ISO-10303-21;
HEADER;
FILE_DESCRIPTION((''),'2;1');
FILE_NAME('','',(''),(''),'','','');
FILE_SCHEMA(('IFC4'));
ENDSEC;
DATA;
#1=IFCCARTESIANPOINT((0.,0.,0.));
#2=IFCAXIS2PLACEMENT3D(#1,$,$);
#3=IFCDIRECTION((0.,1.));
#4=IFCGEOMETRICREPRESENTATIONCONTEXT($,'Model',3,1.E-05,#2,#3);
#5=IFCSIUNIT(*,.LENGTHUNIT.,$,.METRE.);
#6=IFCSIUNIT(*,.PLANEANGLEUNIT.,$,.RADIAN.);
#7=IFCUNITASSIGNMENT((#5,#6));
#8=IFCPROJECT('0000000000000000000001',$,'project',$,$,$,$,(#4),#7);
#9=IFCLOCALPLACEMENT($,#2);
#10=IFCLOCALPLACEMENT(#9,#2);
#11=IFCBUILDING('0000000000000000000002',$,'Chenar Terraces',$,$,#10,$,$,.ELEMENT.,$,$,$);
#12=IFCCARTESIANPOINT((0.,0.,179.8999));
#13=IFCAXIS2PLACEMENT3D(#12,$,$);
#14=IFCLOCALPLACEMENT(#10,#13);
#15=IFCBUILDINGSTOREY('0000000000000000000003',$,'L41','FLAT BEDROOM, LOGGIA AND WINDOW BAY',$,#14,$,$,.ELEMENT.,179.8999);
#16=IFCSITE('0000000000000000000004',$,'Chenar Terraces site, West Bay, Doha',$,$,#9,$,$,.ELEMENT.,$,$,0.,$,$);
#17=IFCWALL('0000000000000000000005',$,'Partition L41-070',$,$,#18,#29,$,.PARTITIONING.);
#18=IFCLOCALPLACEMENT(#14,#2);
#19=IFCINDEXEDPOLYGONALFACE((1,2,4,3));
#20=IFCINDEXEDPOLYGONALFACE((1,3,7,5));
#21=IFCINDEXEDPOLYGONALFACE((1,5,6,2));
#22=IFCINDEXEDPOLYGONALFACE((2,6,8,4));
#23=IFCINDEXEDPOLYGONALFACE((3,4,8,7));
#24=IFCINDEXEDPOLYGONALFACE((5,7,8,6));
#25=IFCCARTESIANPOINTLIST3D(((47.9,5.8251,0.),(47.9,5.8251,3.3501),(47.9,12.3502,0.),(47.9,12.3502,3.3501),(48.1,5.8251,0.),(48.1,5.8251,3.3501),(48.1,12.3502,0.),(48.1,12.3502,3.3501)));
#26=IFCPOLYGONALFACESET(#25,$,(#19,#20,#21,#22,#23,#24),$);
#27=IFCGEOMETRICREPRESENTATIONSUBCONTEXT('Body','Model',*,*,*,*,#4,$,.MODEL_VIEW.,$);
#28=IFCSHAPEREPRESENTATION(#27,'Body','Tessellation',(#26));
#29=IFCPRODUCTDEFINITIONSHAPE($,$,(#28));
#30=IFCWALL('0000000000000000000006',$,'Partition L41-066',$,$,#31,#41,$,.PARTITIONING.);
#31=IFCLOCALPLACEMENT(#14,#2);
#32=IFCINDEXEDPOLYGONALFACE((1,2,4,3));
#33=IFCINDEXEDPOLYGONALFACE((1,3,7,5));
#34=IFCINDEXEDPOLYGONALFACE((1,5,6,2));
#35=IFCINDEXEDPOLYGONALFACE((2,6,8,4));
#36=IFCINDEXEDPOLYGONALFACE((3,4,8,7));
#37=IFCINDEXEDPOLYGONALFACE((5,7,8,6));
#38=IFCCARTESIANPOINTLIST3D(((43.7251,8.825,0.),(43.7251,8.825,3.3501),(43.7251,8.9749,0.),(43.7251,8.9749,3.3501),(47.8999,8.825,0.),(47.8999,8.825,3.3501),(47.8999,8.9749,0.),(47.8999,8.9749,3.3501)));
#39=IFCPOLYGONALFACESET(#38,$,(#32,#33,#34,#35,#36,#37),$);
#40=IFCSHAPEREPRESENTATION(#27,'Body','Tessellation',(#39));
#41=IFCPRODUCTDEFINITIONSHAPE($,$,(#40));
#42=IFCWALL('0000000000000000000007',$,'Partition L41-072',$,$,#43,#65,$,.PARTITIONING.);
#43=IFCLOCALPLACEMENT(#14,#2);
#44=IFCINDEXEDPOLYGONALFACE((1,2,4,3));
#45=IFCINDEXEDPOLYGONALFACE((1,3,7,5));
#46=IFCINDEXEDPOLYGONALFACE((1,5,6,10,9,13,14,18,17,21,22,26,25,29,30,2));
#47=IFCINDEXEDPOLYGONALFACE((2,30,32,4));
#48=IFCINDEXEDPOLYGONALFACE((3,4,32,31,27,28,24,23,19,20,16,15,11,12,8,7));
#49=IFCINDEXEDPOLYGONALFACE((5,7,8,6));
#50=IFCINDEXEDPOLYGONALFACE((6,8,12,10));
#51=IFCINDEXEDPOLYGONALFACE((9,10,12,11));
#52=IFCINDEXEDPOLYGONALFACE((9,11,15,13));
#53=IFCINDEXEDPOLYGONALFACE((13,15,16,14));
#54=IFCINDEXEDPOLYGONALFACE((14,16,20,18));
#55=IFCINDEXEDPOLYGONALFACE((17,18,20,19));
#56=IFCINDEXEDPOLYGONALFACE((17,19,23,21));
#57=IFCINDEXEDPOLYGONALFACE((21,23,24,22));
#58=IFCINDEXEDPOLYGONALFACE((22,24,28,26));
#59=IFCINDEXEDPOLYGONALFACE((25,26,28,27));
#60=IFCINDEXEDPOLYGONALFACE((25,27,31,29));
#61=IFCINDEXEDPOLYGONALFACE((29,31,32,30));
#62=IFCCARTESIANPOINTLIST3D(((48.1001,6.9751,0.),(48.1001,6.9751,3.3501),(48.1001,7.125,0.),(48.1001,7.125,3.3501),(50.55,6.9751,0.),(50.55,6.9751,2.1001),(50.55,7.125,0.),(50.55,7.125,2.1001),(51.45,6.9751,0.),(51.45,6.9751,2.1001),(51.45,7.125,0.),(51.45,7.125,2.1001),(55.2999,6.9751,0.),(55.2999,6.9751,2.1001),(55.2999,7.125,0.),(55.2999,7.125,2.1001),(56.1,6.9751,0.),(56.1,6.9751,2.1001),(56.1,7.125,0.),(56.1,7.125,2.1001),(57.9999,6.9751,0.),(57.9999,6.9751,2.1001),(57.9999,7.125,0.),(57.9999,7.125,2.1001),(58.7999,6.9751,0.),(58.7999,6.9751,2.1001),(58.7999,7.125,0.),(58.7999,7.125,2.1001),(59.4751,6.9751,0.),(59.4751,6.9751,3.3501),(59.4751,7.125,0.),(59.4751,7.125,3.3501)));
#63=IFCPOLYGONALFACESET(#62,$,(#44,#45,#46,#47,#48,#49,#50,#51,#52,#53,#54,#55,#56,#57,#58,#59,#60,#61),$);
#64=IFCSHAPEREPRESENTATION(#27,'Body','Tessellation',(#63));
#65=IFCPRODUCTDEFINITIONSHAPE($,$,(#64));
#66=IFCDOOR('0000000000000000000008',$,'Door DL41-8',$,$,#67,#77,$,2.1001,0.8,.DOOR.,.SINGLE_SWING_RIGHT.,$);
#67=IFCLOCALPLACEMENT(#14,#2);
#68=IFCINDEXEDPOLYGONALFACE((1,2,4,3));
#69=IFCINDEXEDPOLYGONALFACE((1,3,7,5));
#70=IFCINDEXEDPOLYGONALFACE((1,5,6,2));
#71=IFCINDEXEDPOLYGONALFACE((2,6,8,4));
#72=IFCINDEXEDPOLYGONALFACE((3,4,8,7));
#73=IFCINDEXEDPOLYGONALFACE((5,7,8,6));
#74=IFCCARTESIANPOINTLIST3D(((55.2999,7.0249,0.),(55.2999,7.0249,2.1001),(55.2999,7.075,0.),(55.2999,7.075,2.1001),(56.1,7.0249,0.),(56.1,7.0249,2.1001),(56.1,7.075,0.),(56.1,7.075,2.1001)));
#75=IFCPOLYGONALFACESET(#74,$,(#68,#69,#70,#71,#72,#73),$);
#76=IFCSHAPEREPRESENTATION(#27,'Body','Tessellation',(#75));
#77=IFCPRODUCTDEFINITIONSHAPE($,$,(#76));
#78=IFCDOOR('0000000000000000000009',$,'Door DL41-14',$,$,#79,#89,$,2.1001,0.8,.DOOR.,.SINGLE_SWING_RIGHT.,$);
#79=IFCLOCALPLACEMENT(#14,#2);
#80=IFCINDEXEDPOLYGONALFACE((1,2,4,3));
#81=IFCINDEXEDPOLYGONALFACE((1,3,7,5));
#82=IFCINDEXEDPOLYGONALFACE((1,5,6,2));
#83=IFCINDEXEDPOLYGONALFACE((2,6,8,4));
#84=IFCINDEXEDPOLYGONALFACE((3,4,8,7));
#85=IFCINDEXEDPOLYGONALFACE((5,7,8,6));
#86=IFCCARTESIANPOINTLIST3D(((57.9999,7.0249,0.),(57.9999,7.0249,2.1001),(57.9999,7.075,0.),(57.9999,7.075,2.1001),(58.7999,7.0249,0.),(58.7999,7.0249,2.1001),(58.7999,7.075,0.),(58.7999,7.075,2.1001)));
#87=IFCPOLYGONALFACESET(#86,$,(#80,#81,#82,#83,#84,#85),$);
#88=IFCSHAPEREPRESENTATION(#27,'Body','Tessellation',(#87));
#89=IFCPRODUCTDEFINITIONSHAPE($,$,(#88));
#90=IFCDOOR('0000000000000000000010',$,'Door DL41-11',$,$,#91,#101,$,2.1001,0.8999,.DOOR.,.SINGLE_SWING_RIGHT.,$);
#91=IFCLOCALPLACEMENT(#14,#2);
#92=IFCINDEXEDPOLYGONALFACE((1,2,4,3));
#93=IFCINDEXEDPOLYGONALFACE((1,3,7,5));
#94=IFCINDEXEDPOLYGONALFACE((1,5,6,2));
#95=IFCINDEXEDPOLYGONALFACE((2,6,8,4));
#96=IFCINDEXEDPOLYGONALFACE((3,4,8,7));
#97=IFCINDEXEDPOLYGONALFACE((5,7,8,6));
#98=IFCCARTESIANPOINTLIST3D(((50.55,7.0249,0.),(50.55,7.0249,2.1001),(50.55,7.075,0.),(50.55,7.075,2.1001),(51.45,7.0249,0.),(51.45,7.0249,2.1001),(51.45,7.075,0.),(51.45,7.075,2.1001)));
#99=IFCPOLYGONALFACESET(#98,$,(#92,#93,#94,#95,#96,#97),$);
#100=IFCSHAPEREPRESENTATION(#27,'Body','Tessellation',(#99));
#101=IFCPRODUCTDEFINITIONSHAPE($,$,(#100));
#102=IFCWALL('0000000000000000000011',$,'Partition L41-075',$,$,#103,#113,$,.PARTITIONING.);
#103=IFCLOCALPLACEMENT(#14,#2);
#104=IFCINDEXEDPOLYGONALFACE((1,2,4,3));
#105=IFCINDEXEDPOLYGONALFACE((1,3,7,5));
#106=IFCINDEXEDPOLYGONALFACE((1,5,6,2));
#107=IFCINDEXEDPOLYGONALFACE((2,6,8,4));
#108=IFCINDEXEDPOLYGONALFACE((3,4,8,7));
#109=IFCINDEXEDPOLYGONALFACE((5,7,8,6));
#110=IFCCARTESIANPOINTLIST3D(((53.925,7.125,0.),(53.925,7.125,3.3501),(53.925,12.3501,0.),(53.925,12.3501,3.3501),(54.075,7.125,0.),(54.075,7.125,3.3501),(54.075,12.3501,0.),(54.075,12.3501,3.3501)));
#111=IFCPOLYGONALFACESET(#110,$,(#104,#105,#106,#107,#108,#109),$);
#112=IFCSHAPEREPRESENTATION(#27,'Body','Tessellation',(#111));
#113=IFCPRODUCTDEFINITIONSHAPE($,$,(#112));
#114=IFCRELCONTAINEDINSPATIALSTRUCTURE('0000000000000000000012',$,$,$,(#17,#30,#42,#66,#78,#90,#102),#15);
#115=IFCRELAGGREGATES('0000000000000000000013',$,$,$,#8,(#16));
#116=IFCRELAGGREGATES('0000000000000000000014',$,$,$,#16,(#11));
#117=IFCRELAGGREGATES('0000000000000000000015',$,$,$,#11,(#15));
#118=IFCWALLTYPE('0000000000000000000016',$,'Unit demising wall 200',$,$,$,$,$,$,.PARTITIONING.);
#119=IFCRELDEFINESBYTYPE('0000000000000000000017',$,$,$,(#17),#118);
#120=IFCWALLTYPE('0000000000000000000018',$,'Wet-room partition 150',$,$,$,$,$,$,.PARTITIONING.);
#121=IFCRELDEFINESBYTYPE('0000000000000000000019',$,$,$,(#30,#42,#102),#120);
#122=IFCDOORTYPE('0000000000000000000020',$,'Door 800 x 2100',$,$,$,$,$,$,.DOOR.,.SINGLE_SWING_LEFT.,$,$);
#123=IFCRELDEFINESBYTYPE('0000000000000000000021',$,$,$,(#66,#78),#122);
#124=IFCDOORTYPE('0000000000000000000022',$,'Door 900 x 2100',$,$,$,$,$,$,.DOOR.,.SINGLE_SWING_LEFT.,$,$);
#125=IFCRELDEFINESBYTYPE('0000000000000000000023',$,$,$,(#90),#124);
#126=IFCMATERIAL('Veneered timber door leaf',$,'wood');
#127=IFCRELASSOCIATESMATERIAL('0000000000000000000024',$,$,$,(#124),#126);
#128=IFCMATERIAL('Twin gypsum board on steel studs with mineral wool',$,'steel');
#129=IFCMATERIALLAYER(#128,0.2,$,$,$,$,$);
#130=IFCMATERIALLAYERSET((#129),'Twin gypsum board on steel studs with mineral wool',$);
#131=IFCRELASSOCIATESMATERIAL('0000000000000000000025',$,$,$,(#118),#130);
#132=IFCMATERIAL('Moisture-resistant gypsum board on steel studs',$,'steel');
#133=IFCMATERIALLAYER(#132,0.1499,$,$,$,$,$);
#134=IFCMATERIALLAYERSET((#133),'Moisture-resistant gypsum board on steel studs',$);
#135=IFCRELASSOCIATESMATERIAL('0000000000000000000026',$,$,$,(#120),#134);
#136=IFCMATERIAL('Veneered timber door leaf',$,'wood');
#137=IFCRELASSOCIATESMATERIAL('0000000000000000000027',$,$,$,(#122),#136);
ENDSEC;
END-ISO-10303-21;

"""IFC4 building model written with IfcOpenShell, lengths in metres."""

from ifc_helpers import new_model, si_unit, direction, frame, frame_2d, origin, place, context, subcontext, project, spatial, rectangle, extrude, material, layer, layer_set, type_object, element, fill, save


model = new_model("IFC4")

# Units and contexts
model_context = context("Model", 3, precision=1e-05, world=origin(), true_north=direction((0.0, 1.0)))
body_context = subcontext(model_context, "Body", "Model", "MODEL_VIEW")
ifc_project = project(units=[si_unit("LENGTHUNIT", "METRE"), si_unit("PLANEANGLEUNIT", "RADIAN")], contexts=[model_context])

# Site, building, storey
site_placement = place(None, origin())
site = spatial("IfcSite", under=ifc_project, at=site_placement, Name="Chenar Terraces site, West Bay, Doha", CompositionType="ELEMENT", RefElevation=0.0)
building_placement = place(site_placement, origin())
building = spatial("IfcBuilding", under=site, at=building_placement, Name="Chenar Terraces", CompositionType="ELEMENT")
storey_placement = place(building_placement, frame((0.0, 0.0, 179.8999)))
storey = spatial("IfcBuildingStorey", under=building, at=storey_placement, Name="L41", Description="FLAT BEDROOM, LOGGIA AND WINDOW BAY", CompositionType="ELEMENT", Elevation=179.8999)

# Shared definitions
ifc_material_1 = material(Name="Veneered timber door leaf", Category="wood")
door_type_1 = type_object("IfcDoorType", Name="Door 900 x 2100", OperationType="SINGLE_SWING_LEFT", PredefinedType="DOOR", material=ifc_material_1)

# Walls
ifc_material_2 = material(Name="Twin gypsum board on steel studs with mineral wool", Category="steel")
ifc_layer_1 = layer(ifc_material_2, 0.2)
ifc_layer_set_1 = layer_set([ifc_layer_1], Name="Twin gypsum board on steel studs with mineral wool")
wall_type_1 = type_object("IfcWallType", Name="Unit demising wall 200", PredefinedType="PARTITIONING", material=ifc_layer_set_1)
wall_1_placement = place(storey_placement, frame((48.0, 5.825, 0.0), z_axis=(0.0, 0.0, 1.0), x_axis=(0.0, 1.0, 0.0)))
element("IfcWall", 1, at=wall_1_placement, inside=storey, type_object=wall_type_1, Name="Partition L41-070", PredefinedType="PARTITIONING", context=body_context, shape_type="SweptSolid", body=[
    extrude(rectangle(XDim=6.5251, YDim=0.2, at=frame_2d((3.2627, 0.0))), origin(), (0.0, 0.0, 1.0), 3.3501),
])
ifc_material_3 = material(Name="Moisture-resistant gypsum board on steel studs", Category="steel")
ifc_layer_2 = layer(ifc_material_3, 0.1499)
ifc_layer_set_2 = layer_set([ifc_layer_2], Name="Moisture-resistant gypsum board on steel studs")
wall_type_2 = type_object("IfcWallType", Name="Wet-room partition 150", PredefinedType="PARTITIONING", material=ifc_layer_set_2)
wall_2_placement = place(storey_placement, frame((43.7251, 8.8999, 0.0), z_axis=(0.0, 0.0, 1.0), x_axis=(1.0, 0.0, 0.0)))
element("IfcWall", 2, at=wall_2_placement, inside=storey, type_object=wall_type_2, Name="Partition L41-066", PredefinedType="PARTITIONING", context=body_context, shape_type="SweptSolid", body=[
    extrude(rectangle(XDim=4.1748, YDim=0.1499, at=frame_2d((2.0874, 0.0))), origin(), (0.0, 0.0, 1.0), 3.3501),
])

# Wall, openings, doors
wall_3_placement = place(storey_placement, frame((48.1001, 7.05, 0.0), z_axis=(0.0, 0.0, 1.0), x_axis=(1.0, 0.0, 0.0)))
wall_3 = element("IfcWall", 3, at=wall_3_placement, inside=storey, type_object=wall_type_2, Name="Partition L41-072", PredefinedType="PARTITIONING", context=body_context, shape_type="SweptSolid", body=[
    extrude(rectangle(XDim=11.375, YDim=0.1499, at=frame_2d((5.6875, 0.0))), origin(), (0.0, 0.0, 1.0), 3.3501),
])
opening_1_placement = place(wall_3_placement, frame((7.2, 0.0, 0.0)))
opening_1 = element("IfcOpeningElement", 4, at=opening_1_placement, cuts=wall_3, PredefinedType="OPENING", context=body_context, shape_type="SweptSolid", body=[
    extrude(rectangle(XDim=0.8, YDim=2.1001, at=frame_2d((0.3999, 1.05))), frame((0.0, 0.085, 0.0), z_axis=(0.0, -1.0, 0.0), x_axis=(1.0, 0.0, 0.0)), (0.0, 0.0, 1.0), 0.1699),
])
opening_2_placement = place(wall_3_placement, frame((2.45, 0.0, 0.0)))
opening_2 = element("IfcOpeningElement", 5, at=opening_2_placement, cuts=wall_3, PredefinedType="OPENING", context=body_context, shape_type="SweptSolid", body=[
    extrude(rectangle(XDim=0.8999, YDim=2.1001, at=frame_2d((0.45, 1.05))), frame((0.0, 0.085, 0.0), z_axis=(0.0, -1.0, 0.0), x_axis=(1.0, 0.0, 0.0)), (0.0, 0.0, 1.0), 0.1699),
])
opening_3_placement = place(wall_3_placement, frame((9.8999, 0.0, 0.0)))
opening_3 = element("IfcOpeningElement", 6, at=opening_3_placement, cuts=wall_3, PredefinedType="OPENING", context=body_context, shape_type="SweptSolid", body=[
    extrude(rectangle(XDim=0.8, YDim=2.1001, at=frame_2d((0.3999, 1.05))), frame((0.0, 0.085, 0.0), z_axis=(0.0, -1.0, 0.0), x_axis=(1.0, 0.0, 0.0)), (0.0, 0.0, 1.0), 0.1699),
])
ifc_material_4 = material(Name="Veneered timber door leaf", Category="wood")
door_type_2 = type_object("IfcDoorType", Name="Door 800 x 2100", OperationType="SINGLE_SWING_LEFT", PredefinedType="DOOR", material=ifc_material_4)
door_1_placement = place(opening_1_placement, origin())
door_1 = element("IfcDoor", 7, at=door_1_placement, inside=storey, type_object=door_type_2, Name="Door DL41-8", OperationType="SINGLE_SWING_RIGHT", OverallHeight=2.1001, OverallWidth=0.8, PredefinedType="DOOR", context=body_context, shape_type="SweptSolid", body=[
    extrude(rectangle(XDim=0.8, YDim=2.1001, at=frame_2d((0.3999, 1.05))), frame((0.0, 0.0249, 0.0), z_axis=(0.0, -1.0, 0.0), x_axis=(1.0, 0.0, 0.0)), (0.0, 0.0, 1.0), 0.05),
])
fill(opening_1, door_1)
door_2_placement = place(opening_3_placement, origin())
door_2 = element("IfcDoor", 8, at=door_2_placement, inside=storey, type_object=door_type_2, Name="Door DL41-14", OperationType="SINGLE_SWING_RIGHT", OverallHeight=2.1001, OverallWidth=0.8, PredefinedType="DOOR", context=body_context, shape_type="SweptSolid", body=[
    extrude(rectangle(XDim=0.8, YDim=2.1001, at=frame_2d((0.3999, 1.05))), frame((0.0, 0.0249, 0.0), z_axis=(0.0, -1.0, 0.0), x_axis=(1.0, 0.0, 0.0)), (0.0, 0.0, 1.0), 0.05),
])
fill(opening_3, door_2)
door_3_placement = place(opening_2_placement, origin())
door_3 = element("IfcDoor", 9, at=door_3_placement, inside=storey, type_object=door_type_1, Name="Door DL41-11", OperationType="SINGLE_SWING_RIGHT", OverallHeight=2.1001, OverallWidth=0.8999, PredefinedType="DOOR", context=body_context, shape_type="SweptSolid", body=[
    extrude(rectangle(XDim=0.8999, YDim=2.1001, at=frame_2d((0.45, 1.05))), frame((0.0, 0.0249, 0.0), z_axis=(0.0, -1.0, 0.0), x_axis=(1.0, 0.0, 0.0)), (0.0, 0.0, 1.0), 0.05),
])
fill(opening_2, door_3)

# Wall
wall_4_placement = place(storey_placement, frame((54.0, 7.125, 0.0), z_axis=(0.0, 0.0, 1.0), x_axis=(0.0, 1.0, 0.0)))
element("IfcWall", 10, at=wall_4_placement, inside=storey, type_object=wall_type_2, Name="Partition L41-075", PredefinedType="PARTITIONING", context=body_context, shape_type="SweptSolid", body=[
    extrude(rectangle(XDim=5.2251, YDim=0.1499, at=frame_2d((2.6125, 0.0))), origin(), (0.0, 0.0, 1.0), 3.3501),
])

save(model, "model.ifc")
